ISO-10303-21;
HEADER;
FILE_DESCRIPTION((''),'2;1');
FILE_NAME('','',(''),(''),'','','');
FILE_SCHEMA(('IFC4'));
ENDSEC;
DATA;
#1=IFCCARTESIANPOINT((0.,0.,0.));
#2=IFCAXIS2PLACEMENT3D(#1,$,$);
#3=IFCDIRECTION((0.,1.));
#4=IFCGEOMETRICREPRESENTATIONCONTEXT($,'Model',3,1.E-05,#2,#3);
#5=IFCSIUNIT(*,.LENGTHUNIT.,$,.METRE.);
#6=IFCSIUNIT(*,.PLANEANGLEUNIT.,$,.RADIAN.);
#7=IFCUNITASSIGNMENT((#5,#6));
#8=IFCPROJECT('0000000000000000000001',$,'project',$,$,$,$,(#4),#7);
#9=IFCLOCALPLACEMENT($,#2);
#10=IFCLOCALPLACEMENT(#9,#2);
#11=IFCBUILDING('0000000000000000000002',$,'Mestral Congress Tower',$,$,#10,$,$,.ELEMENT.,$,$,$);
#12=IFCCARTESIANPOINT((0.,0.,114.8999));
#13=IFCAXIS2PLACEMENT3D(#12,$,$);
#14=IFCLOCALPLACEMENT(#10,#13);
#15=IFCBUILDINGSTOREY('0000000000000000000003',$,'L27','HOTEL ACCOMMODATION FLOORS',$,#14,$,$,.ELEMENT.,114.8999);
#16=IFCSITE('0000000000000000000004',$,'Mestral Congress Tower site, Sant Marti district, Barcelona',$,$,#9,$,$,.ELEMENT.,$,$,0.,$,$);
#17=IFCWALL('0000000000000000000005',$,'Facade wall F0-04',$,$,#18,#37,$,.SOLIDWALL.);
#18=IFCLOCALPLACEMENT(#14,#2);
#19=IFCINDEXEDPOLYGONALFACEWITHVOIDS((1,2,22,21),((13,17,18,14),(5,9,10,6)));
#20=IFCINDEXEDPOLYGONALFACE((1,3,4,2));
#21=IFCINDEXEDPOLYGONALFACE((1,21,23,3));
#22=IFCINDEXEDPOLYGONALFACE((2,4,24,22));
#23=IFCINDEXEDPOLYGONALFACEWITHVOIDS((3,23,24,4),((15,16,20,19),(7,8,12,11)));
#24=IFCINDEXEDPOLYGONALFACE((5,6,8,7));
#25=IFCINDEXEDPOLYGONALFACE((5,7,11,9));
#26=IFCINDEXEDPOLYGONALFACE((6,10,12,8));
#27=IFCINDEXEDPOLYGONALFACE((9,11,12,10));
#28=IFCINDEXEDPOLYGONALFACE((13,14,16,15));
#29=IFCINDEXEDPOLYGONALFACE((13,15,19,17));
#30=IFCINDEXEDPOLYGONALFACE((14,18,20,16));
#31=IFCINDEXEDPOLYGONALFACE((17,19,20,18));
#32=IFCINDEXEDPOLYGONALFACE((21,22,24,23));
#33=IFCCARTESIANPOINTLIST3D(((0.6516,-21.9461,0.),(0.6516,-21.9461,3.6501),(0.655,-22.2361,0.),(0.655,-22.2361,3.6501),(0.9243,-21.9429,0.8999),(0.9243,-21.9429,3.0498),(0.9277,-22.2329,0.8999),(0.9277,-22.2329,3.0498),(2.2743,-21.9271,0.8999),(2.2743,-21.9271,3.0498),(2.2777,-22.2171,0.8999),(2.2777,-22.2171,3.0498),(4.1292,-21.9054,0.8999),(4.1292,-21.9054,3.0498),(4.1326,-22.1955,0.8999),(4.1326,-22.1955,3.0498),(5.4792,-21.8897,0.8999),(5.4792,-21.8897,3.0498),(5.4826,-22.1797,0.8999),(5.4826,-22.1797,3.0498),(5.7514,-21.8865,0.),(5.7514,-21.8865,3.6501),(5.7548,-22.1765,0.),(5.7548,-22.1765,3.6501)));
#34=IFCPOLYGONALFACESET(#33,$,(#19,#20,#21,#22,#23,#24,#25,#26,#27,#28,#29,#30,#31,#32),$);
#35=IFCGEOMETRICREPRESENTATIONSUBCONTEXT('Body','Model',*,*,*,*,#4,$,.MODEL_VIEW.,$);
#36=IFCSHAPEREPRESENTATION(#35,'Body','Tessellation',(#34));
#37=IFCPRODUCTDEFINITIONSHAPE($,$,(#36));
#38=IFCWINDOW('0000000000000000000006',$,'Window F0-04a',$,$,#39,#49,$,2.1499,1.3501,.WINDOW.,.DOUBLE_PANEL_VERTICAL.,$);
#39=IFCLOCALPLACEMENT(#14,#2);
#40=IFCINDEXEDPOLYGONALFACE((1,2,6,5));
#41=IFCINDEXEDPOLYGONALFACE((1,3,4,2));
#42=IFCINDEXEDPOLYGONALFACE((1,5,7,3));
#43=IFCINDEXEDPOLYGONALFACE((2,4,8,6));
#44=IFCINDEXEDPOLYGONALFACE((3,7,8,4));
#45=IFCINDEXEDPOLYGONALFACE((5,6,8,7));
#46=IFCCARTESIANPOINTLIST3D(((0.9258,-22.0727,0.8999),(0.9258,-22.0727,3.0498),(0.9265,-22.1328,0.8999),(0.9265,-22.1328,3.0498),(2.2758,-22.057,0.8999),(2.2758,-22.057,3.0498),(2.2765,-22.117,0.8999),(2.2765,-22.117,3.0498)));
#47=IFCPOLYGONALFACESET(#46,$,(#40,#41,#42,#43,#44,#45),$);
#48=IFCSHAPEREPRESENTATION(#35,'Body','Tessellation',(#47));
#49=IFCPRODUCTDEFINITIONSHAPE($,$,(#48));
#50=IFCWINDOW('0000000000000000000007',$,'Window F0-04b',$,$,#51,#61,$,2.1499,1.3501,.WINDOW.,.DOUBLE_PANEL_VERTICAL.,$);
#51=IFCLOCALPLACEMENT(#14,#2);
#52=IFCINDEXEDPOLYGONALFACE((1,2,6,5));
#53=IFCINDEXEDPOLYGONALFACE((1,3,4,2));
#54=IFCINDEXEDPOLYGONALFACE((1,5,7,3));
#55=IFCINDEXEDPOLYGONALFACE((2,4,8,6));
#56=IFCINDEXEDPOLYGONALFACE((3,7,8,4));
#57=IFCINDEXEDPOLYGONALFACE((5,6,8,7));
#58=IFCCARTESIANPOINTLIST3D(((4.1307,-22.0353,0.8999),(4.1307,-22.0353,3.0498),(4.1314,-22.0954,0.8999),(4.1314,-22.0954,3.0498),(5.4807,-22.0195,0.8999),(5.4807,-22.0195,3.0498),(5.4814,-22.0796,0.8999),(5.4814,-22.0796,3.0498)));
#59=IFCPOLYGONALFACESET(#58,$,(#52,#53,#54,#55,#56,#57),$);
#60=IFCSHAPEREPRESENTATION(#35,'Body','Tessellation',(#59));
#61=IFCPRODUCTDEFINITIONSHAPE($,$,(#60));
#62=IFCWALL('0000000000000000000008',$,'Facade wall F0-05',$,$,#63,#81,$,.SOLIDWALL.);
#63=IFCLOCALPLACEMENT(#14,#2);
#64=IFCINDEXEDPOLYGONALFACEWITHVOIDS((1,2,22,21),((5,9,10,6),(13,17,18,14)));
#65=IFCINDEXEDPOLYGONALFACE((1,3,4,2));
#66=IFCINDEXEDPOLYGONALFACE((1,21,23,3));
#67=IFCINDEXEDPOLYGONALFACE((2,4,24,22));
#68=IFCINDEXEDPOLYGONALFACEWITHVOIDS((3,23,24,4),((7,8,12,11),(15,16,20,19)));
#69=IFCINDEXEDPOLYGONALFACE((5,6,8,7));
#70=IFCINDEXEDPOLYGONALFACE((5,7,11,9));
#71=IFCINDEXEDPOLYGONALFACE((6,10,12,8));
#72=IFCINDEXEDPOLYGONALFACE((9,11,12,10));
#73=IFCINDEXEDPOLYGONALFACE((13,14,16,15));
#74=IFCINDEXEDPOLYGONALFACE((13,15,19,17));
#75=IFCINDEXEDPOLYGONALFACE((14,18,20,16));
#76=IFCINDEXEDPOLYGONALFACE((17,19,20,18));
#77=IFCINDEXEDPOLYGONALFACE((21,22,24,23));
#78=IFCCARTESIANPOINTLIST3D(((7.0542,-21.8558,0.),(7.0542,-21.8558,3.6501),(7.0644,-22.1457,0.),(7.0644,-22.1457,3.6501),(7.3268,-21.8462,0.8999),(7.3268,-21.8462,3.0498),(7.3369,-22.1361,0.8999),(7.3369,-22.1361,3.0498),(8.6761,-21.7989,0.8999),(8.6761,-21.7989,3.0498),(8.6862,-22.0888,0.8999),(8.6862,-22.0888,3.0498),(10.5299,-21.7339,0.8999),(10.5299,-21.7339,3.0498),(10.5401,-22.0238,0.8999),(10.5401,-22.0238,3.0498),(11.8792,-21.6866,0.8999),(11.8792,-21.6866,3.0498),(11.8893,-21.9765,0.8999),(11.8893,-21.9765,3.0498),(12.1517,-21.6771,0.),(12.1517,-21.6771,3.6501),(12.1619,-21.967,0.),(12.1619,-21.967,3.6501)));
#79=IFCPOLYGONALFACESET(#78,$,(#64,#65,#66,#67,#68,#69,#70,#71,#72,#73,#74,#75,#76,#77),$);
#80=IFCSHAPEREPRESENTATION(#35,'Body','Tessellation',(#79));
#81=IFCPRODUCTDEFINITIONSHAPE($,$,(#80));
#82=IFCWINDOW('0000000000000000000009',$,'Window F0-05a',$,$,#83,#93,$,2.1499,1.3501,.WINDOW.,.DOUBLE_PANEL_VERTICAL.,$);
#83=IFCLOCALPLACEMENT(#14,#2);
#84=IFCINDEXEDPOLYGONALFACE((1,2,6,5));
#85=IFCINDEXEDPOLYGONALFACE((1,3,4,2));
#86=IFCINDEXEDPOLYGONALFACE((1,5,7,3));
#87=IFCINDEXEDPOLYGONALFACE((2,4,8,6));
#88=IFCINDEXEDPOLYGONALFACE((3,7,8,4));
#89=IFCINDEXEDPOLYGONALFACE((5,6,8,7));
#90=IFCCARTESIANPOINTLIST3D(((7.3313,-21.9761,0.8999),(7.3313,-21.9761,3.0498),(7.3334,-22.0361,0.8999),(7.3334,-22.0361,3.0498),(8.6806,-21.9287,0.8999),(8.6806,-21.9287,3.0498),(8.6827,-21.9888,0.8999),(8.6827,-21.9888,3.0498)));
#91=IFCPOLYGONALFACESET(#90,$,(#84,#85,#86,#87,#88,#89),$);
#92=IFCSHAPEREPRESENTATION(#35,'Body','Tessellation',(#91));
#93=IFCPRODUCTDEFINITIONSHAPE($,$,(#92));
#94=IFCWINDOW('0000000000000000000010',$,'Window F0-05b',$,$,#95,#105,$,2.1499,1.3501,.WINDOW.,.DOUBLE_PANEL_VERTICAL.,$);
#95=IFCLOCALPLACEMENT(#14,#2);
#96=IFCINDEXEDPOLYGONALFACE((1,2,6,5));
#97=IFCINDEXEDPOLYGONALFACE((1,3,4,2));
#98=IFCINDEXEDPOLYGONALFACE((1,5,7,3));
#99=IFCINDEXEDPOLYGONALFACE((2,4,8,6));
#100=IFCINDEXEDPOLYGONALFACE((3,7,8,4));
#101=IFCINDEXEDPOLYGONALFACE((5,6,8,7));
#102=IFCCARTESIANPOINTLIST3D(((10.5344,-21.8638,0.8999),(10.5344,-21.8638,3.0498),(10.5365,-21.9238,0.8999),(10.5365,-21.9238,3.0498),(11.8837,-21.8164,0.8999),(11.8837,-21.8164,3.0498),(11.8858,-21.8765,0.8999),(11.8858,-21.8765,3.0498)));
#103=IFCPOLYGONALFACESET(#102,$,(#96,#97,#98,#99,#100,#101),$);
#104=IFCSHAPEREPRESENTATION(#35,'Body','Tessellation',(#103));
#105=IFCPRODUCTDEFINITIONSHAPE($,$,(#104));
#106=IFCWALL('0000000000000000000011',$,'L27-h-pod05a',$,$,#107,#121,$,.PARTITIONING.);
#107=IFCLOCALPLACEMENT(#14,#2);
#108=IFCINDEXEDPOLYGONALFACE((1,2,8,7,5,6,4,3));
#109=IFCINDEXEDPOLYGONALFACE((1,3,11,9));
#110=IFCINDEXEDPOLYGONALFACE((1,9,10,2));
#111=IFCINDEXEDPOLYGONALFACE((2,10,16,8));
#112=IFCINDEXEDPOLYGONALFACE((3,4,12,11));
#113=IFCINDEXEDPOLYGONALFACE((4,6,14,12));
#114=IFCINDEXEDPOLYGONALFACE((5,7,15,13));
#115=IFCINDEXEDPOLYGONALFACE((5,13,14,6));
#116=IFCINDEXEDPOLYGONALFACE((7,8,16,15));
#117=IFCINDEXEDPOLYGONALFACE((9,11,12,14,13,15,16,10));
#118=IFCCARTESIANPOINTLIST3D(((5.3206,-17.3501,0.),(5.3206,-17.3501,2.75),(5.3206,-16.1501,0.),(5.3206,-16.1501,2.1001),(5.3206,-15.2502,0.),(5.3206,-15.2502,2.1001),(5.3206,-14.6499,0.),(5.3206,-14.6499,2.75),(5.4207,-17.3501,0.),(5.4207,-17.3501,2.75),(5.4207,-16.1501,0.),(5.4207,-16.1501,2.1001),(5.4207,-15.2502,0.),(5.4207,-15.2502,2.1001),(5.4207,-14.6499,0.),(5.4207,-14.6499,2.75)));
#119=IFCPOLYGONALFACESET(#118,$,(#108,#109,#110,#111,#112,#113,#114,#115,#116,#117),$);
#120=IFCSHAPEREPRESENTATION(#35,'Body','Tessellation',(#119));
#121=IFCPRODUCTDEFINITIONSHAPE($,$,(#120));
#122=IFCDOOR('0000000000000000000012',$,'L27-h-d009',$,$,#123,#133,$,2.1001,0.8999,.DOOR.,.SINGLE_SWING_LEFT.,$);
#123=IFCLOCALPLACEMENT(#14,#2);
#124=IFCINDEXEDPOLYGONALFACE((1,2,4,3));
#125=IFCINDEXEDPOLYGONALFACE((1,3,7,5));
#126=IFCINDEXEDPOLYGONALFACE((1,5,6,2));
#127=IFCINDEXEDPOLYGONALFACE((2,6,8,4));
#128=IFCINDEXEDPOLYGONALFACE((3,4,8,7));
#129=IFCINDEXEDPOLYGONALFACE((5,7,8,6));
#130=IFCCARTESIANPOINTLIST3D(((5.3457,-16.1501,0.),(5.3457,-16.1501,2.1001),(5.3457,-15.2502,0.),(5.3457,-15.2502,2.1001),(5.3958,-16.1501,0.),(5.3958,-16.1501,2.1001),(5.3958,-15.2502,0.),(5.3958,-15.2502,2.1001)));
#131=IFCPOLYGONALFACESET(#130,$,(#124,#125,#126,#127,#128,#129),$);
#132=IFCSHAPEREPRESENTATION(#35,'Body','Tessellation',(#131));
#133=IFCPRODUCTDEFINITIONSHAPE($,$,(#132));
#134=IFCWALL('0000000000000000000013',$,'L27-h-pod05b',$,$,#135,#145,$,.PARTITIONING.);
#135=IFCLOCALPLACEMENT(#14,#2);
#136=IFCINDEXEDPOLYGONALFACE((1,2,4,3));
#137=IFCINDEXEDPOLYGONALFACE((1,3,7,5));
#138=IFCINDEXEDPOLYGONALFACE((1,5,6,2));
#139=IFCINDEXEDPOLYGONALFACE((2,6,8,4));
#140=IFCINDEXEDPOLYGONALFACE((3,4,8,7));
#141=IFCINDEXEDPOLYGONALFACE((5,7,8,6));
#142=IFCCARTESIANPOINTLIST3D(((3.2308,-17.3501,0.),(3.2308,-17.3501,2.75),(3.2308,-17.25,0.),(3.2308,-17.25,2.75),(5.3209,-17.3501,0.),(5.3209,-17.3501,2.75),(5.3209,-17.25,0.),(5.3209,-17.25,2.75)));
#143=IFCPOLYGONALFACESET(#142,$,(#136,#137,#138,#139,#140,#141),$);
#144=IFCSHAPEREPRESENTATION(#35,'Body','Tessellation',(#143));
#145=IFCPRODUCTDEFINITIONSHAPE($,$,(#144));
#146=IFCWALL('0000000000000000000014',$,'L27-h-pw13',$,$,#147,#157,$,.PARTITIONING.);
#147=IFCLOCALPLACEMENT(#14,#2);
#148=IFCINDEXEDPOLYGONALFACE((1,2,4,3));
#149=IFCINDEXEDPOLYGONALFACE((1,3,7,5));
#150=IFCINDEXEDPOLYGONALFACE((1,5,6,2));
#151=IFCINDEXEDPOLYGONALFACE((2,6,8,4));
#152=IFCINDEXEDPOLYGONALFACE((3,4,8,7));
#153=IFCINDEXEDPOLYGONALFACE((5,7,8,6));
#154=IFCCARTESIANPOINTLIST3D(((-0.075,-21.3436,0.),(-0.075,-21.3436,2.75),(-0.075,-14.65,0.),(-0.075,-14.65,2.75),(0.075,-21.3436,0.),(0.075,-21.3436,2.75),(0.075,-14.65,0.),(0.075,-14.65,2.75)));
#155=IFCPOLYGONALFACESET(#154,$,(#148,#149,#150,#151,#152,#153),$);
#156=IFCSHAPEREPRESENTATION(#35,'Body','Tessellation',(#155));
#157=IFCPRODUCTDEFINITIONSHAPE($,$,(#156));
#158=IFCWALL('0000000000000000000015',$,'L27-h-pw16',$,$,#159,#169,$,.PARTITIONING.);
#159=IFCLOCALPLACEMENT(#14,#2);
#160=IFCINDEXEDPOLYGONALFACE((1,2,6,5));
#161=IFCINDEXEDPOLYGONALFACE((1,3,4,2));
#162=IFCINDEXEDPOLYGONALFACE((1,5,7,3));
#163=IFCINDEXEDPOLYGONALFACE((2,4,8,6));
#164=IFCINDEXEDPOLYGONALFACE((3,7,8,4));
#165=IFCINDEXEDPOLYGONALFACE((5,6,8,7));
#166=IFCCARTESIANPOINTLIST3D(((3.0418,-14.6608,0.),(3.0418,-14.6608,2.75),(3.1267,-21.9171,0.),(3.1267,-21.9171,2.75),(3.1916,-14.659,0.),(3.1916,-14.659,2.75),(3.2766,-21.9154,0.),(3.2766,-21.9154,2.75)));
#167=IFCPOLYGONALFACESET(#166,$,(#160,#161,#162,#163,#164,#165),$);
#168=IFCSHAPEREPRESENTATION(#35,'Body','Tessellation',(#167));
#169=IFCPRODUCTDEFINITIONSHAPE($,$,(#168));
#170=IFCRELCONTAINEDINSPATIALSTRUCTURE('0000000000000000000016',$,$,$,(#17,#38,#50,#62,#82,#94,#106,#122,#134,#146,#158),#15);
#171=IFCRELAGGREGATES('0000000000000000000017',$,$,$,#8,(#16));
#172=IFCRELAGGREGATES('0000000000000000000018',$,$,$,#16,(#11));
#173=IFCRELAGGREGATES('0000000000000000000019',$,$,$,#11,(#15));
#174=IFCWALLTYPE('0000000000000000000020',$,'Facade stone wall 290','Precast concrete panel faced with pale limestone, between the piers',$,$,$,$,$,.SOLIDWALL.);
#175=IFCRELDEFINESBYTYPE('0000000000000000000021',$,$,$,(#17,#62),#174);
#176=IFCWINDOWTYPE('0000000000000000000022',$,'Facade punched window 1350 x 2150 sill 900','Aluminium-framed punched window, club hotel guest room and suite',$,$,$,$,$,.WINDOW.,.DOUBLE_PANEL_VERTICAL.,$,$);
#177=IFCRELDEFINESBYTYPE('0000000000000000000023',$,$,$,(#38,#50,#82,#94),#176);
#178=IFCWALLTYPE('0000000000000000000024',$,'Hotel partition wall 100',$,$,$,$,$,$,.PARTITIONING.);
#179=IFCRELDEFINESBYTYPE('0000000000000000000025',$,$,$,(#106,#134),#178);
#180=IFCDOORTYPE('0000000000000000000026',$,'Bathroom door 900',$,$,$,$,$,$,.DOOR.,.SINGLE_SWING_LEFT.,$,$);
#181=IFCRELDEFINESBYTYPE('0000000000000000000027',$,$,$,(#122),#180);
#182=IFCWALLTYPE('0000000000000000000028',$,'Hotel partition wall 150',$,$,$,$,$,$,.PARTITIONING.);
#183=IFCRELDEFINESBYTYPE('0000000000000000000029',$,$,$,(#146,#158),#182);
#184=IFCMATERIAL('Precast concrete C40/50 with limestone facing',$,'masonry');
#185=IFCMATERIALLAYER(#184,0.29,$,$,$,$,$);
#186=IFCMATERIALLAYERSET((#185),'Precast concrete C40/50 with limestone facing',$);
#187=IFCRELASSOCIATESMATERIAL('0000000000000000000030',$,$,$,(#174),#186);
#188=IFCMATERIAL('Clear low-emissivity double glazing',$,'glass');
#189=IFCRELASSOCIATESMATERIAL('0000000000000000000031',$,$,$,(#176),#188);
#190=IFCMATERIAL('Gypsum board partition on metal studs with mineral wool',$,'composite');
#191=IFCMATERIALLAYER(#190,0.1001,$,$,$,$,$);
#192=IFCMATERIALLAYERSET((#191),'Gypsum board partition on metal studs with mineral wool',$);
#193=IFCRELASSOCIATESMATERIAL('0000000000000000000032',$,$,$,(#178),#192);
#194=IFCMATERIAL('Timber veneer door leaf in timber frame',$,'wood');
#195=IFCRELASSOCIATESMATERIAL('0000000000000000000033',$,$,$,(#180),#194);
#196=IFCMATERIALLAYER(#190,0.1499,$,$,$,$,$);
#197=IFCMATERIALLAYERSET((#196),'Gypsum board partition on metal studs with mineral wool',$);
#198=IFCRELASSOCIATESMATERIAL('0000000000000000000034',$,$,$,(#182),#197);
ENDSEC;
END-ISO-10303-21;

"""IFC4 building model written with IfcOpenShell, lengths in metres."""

from ifc_helpers import new_model, si_unit, direction, frame, frame_2d, origin, place, context, subcontext, project, spatial, rectangle, extrude, material, layer, layer_set, type_object, element, fill, save


model = new_model("IFC4")

# Units and contexts
model_context = context("Model", 3, precision=1e-05, world=origin(), true_north=direction((0.0, 1.0)))
body_context = subcontext(model_context, "Body", "Model", "MODEL_VIEW")
ifc_project = project(units=[si_unit("LENGTHUNIT", "METRE"), si_unit("PLANEANGLEUNIT", "RADIAN")], contexts=[model_context])

# Site, building, storey
site_placement = place(None, origin())
site = spatial("IfcSite", under=ifc_project, at=site_placement, Name="Mestral Congress Tower site, Sant Marti district, Barcelona", CompositionType="ELEMENT", RefElevation=0.0)
building_placement = place(site_placement, origin())
building = spatial("IfcBuilding", under=site, at=building_placement, Name="Mestral Congress Tower", CompositionType="ELEMENT")
storey_placement = place(building_placement, frame((0.0, 0.0, 114.8999)))
storey = spatial("IfcBuildingStorey", under=building, at=storey_placement, Name="L27", Description="HOTEL ACCOMMODATION FLOORS", CompositionType="ELEMENT", Elevation=114.8999)

# Walls, openings, windows
ifc_material_1 = material(Name="Precast concrete C40/50 with limestone facing", Category="masonry")
ifc_layer_1 = layer(ifc_material_1, 0.29)
ifc_layer_set_1 = layer_set([ifc_layer_1], Name="Precast concrete C40/50 with limestone facing")
wall_type_1 = type_object("IfcWallType", Name="Facade stone wall 290", Description="Precast concrete panel faced with pale limestone, between the piers", PredefinedType="SOLIDWALL", material=ifc_layer_set_1)
wall_1_placement = place(storey_placement, frame((0.6533, -22.0911, 0.0), z_axis=(0.0, 0.0, 1.0), x_axis=(0.999932, 0.01168, 0.0)))
wall_1 = element("IfcWall", 1, at=wall_1_placement, inside=storey, type_object=wall_type_1, Name="Facade wall F0-04", PredefinedType="SOLIDWALL", context=body_context, shape_type="SweptSolid", body=[
    extrude(rectangle(XDim=5.1001, YDim=0.29, at=frame_2d((2.55, 0.0))), origin(), (0.0, 0.0, 1.0), 3.6501),
])
opening_1_placement = place(wall_1_placement, frame((0.2727, 0.0, 0.8999)))
opening_1 = element("IfcOpeningElement", 2, at=opening_1_placement, cuts=wall_1, PredefinedType="OPENING", context=body_context, shape_type="SweptSolid", body=[
    extrude(rectangle(XDim=1.3501, YDim=2.1499, at=frame_2d((0.675, 1.075))), frame((0.0, 0.155, 0.0), z_axis=(0.0, -1.0, 0.0), x_axis=(1.0, 0.0, 0.0)), (0.0, 0.0, 1.0), 0.3101),
])
opening_2_placement = place(wall_1_placement, frame((3.4778, 0.0, 0.8999)))
opening_2 = element("IfcOpeningElement", 3, at=opening_2_placement, cuts=wall_1, PredefinedType="OPENING", context=body_context, shape_type="SweptSolid", body=[
    extrude(rectangle(XDim=1.3501, YDim=2.1499, at=frame_2d((0.675, 1.075))), frame((0.0, 0.155, 0.0), z_axis=(0.0, -1.0, 0.0), x_axis=(1.0, 0.0, 0.0)), (0.0, 0.0, 1.0), 0.3101),
])
ifc_material_2 = material(Name="Clear low-emissivity double glazing", Category="glass")
window_type = type_object("IfcWindowType", Name="Facade punched window 1350 x 2150 sill 900", Description="Aluminium-framed punched window, club hotel guest room and suite", PartitioningType="DOUBLE_PANEL_VERTICAL", PredefinedType="WINDOW", material=ifc_material_2)
window_1_placement = place(opening_1_placement, origin())
window_1 = element("IfcWindow", 4, at=window_1_placement, inside=storey, type_object=window_type, Name="Window F0-04a", OverallHeight=2.1499, OverallWidth=1.3501, PartitioningType="DOUBLE_PANEL_VERTICAL", PredefinedType="WINDOW", context=body_context, shape_type="SweptSolid", body=[
    extrude(rectangle(XDim=1.3501, YDim=2.1499, at=frame_2d((0.675, 1.075))), frame((0.0, 0.0151, 0.0), z_axis=(0.0, -1.0, 0.0), x_axis=(1.0, 0.0, 0.0)), (0.0, 0.0, 1.0), 0.0601),
])
fill(opening_1, window_1)
window_2_placement = place(opening_2_placement, origin())
window_2 = element("IfcWindow", 5, at=window_2_placement, inside=storey, type_object=window_type, Name="Window F0-04b", OverallHeight=2.1499, OverallWidth=1.3501, PartitioningType="DOUBLE_PANEL_VERTICAL", PredefinedType="WINDOW", context=body_context, shape_type="SweptSolid", body=[
    extrude(rectangle(XDim=1.3501, YDim=2.1499, at=frame_2d((0.675, 1.075))), frame((0.0, 0.0151, 0.0), z_axis=(0.0, -1.0, 0.0), x_axis=(1.0, 0.0, 0.0)), (0.0, 0.0, 1.0), 0.0601),
])
fill(opening_2, window_2)
wall_2_placement = place(storey_placement, frame((7.0593, -22.0007, 0.0), z_axis=(0.0, 0.0, 1.0), x_axis=(0.999386, 0.035038, 0.0)))
wall_2 = element("IfcWall", 6, at=wall_2_placement, inside=storey, type_object=wall_type_1, Name="Facade wall F0-05", PredefinedType="SOLIDWALL", context=body_context, shape_type="SweptSolid", body=[
    extrude(rectangle(XDim=5.1006, YDim=0.29, at=frame_2d((2.5503, 0.0))), origin(), (0.0, 0.0, 1.0), 3.6501),
])
opening_3_placement = place(wall_2_placement, frame((0.2727, 0.0, 0.8999)))
opening_3 = element("IfcOpeningElement", 7, at=opening_3_placement, cuts=wall_2, PredefinedType="OPENING", context=body_context, shape_type="SweptSolid", body=[
    extrude(rectangle(XDim=1.3501, YDim=2.1499, at=frame_2d((0.675, 1.075))), frame((0.0, 0.155, 0.0), z_axis=(0.0, -1.0, 0.0), x_axis=(1.0, 0.0, 0.0)), (0.0, 0.0, 1.0), 0.3101),
])
opening_4_placement = place(wall_2_placement, frame((3.4778, 0.0, 0.8999)))
opening_4 = element("IfcOpeningElement", 8, at=opening_4_placement, cuts=wall_2, PredefinedType="OPENING", context=body_context, shape_type="SweptSolid", body=[
    extrude(rectangle(XDim=1.3501, YDim=2.1499, at=frame_2d((0.675, 1.075))), frame((0.0, 0.155, 0.0), z_axis=(0.0, -1.0, 0.0), x_axis=(1.0, 0.0, 0.0)), (0.0, 0.0, 1.0), 0.3101),
])
window_3_placement = place(opening_3_placement, origin())
window_3 = element("IfcWindow", 9, at=window_3_placement, inside=storey, type_object=window_type, Name="Window F0-05a", OverallHeight=2.1499, OverallWidth=1.3501, PartitioningType="DOUBLE_PANEL_VERTICAL", PredefinedType="WINDOW", context=body_context, shape_type="SweptSolid", body=[
    extrude(rectangle(XDim=1.3501, YDim=2.1499, at=frame_2d((0.675, 1.075))), frame((0.0, 0.0151, 0.0), z_axis=(0.0, -1.0, 0.0), x_axis=(1.0, 0.0, 0.0)), (0.0, 0.0, 1.0), 0.0601),
])
fill(opening_3, window_3)
window_4_placement = place(opening_4_placement, origin())
window_4 = element("IfcWindow", 10, at=window_4_placement, inside=storey, type_object=window_type, Name="Window F0-05b", OverallHeight=2.1499, OverallWidth=1.3501, PartitioningType="DOUBLE_PANEL_VERTICAL", PredefinedType="WINDOW", context=body_context, shape_type="SweptSolid", body=[
    extrude(rectangle(XDim=1.3501, YDim=2.1499, at=frame_2d((0.675, 1.075))), frame((0.0, 0.0151, 0.0), z_axis=(0.0, -1.0, 0.0), x_axis=(1.0, 0.0, 0.0)), (0.0, 0.0, 1.0), 0.0601),
])
fill(opening_4, window_4)

# Wall, opening, door
ifc_material_3 = material(Name="Gypsum board partition on metal studs with mineral wool", Category="composite")
ifc_layer_2 = layer(ifc_material_3, 0.1001)
ifc_layer_set_2 = layer_set([ifc_layer_2], Name="Gypsum board partition on metal studs with mineral wool")
wall_type_2 = type_object("IfcWallType", Name="Hotel partition wall 100", PredefinedType="PARTITIONING", material=ifc_layer_set_2)
wall_3_placement = place(storey_placement, frame((5.3706, -17.3501, 0.0), z_axis=(0.0, 0.0, 1.0), x_axis=(0.0, 1.0, 0.0)))
wall_3 = element("IfcWall", 11, at=wall_3_placement, inside=storey, type_object=wall_type_2, Name="L27-h-pod05a", PredefinedType="PARTITIONING", context=body_context, shape_type="SweptSolid", body=[
    extrude(rectangle(XDim=2.7002, YDim=0.1001, at=frame_2d((1.3501, 0.0))), origin(), (0.0, 0.0, 1.0), 2.75),
])
opening_5_placement = place(wall_3_placement, frame((1.2, 0.0, 0.0)))
opening_5 = element("IfcOpeningElement", 12, at=opening_5_placement, cuts=wall_3, PredefinedType="OPENING", context=body_context, shape_type="SweptSolid", body=[
    extrude(rectangle(XDim=0.8999, YDim=2.1001, at=frame_2d((0.45, 1.05))), frame((0.0, 0.0601, 0.0), z_axis=(0.0, -1.0, 0.0), x_axis=(1.0, 0.0, 0.0)), (0.0, 0.0, 1.0), 0.1201),
])
ifc_material_4 = material(Name="Timber veneer door leaf in timber frame", Category="wood")
door_type_1 = type_object("IfcDoorType", Name="Bathroom door 900", OperationType="SINGLE_SWING_LEFT", PredefinedType="DOOR", material=ifc_material_4)
door_1_placement = place(opening_5_placement, origin())
door_1 = element("IfcDoor", 13, at=door_1_placement, inside=storey, type_object=door_type_1, Name="L27-h-d009", OperationType="SINGLE_SWING_LEFT", OverallHeight=2.1001, OverallWidth=0.8999, PredefinedType="DOOR", context=body_context, shape_type="SweptSolid", body=[
    extrude(rectangle(XDim=0.8999, YDim=2.1001, at=frame_2d((0.45, 1.05))), frame((0.0, 0.0249, 0.0), z_axis=(0.0, -1.0, 0.0), x_axis=(1.0, 0.0, 0.0)), (0.0, 0.0, 1.0), 0.05),
])
fill(opening_5, door_1)

# Walls
wall_4_placement = place(storey_placement, frame((5.3208, -17.3, 0.0), z_axis=(0.0, 0.0, 1.0), x_axis=(-1.0, 0.0, 0.0)))
element("IfcWall", 14, at=wall_4_placement, inside=storey, type_object=wall_type_2, Name="L27-h-pod05b", PredefinedType="PARTITIONING", context=body_context, shape_type="SweptSolid", body=[
    extrude(rectangle(XDim=2.0901, YDim=0.1001, at=frame_2d((1.0449, 0.0))), origin(), (0.0, 0.0, 1.0), 2.75),
])
ifc_layer_3 = layer(ifc_material_3, 0.1499)
ifc_layer_set_3 = layer_set([ifc_layer_3], Name="Gypsum board partition on metal studs with mineral wool")
wall_type_3 = type_object("IfcWallType", Name="Hotel partition wall 150", PredefinedType="PARTITIONING", material=ifc_layer_set_3)
wall_5_placement = place(storey_placement, frame((0.0, -21.3435, 0.0), z_axis=(0.0, 0.0, 1.0), x_axis=(0.0, 1.0, 0.0)))
element("IfcWall", 15, at=wall_5_placement, inside=storey, type_object=wall_type_3, Name="L27-h-pw13", PredefinedType="PARTITIONING", context=body_context, shape_type="SweptSolid", body=[
    extrude(rectangle(XDim=6.6936, YDim=0.1499, at=frame_2d((3.3467, 0.0))), origin(), (0.0, 0.0, 1.0), 2.75),
])
wall_6_placement = place(storey_placement, frame((3.2017, -21.9163, 0.0), z_axis=(0.0, 0.0, 1.0), x_axis=(-0.011708, 0.999931, 0.0)))
element("IfcWall", 16, at=wall_6_placement, inside=storey, type_object=wall_type_3, Name="L27-h-pw16", PredefinedType="PARTITIONING", context=body_context, shape_type="SweptSolid", body=[
    extrude(rectangle(XDim=7.2568, YDim=0.1499, at=frame_2d((3.6284, 0.0))), origin(), (0.0, 0.0, 1.0), 2.75),
])

save(model, "model.ifc")
